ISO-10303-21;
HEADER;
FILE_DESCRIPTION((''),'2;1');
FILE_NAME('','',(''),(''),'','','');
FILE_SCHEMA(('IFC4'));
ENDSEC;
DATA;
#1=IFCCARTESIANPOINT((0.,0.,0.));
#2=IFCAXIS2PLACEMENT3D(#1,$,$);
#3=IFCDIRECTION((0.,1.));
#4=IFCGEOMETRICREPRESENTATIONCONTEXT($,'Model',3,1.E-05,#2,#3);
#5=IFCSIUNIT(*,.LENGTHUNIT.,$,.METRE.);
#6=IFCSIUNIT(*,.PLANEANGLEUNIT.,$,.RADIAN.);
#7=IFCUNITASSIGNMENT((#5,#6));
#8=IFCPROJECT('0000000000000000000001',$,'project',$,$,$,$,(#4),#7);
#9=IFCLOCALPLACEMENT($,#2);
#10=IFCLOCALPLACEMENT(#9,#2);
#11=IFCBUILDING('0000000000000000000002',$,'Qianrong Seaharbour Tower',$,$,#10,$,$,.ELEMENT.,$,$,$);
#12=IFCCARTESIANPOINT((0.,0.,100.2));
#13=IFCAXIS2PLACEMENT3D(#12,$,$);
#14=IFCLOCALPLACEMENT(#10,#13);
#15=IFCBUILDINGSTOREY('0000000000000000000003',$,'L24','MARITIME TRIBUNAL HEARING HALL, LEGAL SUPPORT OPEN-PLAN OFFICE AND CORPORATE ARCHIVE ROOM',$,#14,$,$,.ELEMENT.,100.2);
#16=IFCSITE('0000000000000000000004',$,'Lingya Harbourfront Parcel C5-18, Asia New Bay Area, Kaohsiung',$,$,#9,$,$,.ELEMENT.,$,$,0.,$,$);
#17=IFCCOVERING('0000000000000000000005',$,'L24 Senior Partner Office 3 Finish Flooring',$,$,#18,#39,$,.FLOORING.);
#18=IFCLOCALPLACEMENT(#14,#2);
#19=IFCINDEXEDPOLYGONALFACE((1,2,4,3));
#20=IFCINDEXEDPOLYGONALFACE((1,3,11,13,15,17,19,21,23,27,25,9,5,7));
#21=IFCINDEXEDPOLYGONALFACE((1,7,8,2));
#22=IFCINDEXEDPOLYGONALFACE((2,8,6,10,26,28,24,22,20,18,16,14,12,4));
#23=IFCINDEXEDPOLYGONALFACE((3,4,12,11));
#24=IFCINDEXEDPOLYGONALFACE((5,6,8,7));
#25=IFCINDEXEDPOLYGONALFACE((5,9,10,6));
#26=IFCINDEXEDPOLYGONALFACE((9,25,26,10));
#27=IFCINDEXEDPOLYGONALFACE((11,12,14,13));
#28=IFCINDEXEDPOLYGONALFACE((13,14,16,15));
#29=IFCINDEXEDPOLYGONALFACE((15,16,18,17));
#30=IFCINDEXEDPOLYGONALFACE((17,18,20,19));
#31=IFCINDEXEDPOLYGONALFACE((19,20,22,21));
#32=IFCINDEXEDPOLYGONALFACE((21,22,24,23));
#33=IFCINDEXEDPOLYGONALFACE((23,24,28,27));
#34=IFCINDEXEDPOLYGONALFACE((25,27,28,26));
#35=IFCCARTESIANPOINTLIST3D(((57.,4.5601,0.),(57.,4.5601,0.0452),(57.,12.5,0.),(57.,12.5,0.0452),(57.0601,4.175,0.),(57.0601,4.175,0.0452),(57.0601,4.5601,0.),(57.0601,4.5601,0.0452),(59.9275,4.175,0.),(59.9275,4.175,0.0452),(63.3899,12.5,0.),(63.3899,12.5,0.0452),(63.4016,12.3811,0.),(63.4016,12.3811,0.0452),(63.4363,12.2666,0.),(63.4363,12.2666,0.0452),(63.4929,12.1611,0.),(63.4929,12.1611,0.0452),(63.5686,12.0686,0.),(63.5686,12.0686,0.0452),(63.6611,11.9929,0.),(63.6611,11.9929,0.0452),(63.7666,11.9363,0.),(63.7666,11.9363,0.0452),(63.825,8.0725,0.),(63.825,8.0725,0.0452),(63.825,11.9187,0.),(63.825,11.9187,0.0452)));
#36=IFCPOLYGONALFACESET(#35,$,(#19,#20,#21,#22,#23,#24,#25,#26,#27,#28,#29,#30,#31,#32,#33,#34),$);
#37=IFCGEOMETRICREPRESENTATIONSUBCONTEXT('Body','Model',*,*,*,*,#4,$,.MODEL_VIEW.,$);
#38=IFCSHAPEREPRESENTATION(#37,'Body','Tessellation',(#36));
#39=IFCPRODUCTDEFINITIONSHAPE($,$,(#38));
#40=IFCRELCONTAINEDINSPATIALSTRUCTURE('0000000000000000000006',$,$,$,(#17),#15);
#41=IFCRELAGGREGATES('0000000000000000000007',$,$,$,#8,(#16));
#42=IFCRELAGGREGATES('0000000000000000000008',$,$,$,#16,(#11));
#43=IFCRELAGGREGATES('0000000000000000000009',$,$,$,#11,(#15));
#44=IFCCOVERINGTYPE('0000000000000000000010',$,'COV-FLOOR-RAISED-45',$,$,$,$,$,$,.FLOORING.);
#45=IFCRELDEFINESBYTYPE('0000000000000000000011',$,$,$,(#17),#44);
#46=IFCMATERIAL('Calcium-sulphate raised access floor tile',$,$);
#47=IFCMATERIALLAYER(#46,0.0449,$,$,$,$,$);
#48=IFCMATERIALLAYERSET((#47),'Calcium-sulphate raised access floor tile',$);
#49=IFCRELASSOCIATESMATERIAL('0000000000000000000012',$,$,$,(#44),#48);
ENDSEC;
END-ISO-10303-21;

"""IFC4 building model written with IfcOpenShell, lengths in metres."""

from ifc_helpers import new_model, si_unit, direction, frame, origin, place, context, subcontext, project, spatial, polyline, outline, extrude, material, layer, layer_set, type_object, element, save


model = new_model("IFC4")

# Units and contexts
model_context = context("Model", 3, precision=1e-05, world=origin(), true_north=direction((0.0, 1.0)))
body_context = subcontext(model_context, "Body", "Model", "MODEL_VIEW")
ifc_project = project(units=[si_unit("LENGTHUNIT", "METRE"), si_unit("PLANEANGLEUNIT", "RADIAN")], contexts=[model_context])

# Site, building, storey
site_placement = place(None, origin())
site = spatial("IfcSite", under=ifc_project, at=site_placement, Name="Lingya Harbourfront Parcel C5-18, Asia New Bay Area, Kaohsiung", CompositionType="ELEMENT", RefElevation=0.0)
building_placement = place(site_placement, origin())
building = spatial("IfcBuilding", under=site, at=building_placement, Name="Qianrong Seaharbour Tower", CompositionType="ELEMENT")
storey_placement = place(building_placement, frame((0.0, 0.0, 100.2)))
storey = spatial("IfcBuildingStorey", under=building, at=storey_placement, Name="L24", Description="MARITIME TRIBUNAL HEARING HALL, LEGAL SUPPORT OPEN-PLAN OFFICE AND CORPORATE ARCHIVE ROOM", CompositionType="ELEMENT", Elevation=100.2)

# Covering
ifc_material_1 = material(Name="Calcium-sulphate raised access floor tile")
ifc_layer_1 = layer(ifc_material_1, 0.0449)
ifc_layer_set_1 = layer_set([ifc_layer_1], Name="Calcium-sulphate raised access floor tile")
covering_type_1 = type_object("IfcCoveringType", Name="COV-FLOOR-RAISED-45", PredefinedType="FLOORING", material=ifc_layer_set_1)
covering_1_placement = place(storey_placement, origin())
element("IfcCovering", 1, at=covering_1_placement, inside=storey, type_object=covering_type_1, Name="L24 Senior Partner Office 3 Finish Flooring", PredefinedType="FLOORING", context=body_context, shape_type="SweptSolid", body=[
    extrude(outline(polyline([(63.825, 8.0725), (59.9275, 4.175), (57.0601, 4.175), (57.0601, 4.5601), (57.0, 4.5601), (57.0, 12.5), (63.3899, 12.5), (63.4016, 12.3811), (63.4363, 12.2666), (63.4929, 12.1611), (63.5686, 12.0686), (63.6611, 11.9929), (63.7666, 11.9363), (63.825, 11.9187), (63.825, 8.0725)])), origin(), (0.0, 0.0, 1.0), 0.0452),
])

save(model, "model.ifc")
